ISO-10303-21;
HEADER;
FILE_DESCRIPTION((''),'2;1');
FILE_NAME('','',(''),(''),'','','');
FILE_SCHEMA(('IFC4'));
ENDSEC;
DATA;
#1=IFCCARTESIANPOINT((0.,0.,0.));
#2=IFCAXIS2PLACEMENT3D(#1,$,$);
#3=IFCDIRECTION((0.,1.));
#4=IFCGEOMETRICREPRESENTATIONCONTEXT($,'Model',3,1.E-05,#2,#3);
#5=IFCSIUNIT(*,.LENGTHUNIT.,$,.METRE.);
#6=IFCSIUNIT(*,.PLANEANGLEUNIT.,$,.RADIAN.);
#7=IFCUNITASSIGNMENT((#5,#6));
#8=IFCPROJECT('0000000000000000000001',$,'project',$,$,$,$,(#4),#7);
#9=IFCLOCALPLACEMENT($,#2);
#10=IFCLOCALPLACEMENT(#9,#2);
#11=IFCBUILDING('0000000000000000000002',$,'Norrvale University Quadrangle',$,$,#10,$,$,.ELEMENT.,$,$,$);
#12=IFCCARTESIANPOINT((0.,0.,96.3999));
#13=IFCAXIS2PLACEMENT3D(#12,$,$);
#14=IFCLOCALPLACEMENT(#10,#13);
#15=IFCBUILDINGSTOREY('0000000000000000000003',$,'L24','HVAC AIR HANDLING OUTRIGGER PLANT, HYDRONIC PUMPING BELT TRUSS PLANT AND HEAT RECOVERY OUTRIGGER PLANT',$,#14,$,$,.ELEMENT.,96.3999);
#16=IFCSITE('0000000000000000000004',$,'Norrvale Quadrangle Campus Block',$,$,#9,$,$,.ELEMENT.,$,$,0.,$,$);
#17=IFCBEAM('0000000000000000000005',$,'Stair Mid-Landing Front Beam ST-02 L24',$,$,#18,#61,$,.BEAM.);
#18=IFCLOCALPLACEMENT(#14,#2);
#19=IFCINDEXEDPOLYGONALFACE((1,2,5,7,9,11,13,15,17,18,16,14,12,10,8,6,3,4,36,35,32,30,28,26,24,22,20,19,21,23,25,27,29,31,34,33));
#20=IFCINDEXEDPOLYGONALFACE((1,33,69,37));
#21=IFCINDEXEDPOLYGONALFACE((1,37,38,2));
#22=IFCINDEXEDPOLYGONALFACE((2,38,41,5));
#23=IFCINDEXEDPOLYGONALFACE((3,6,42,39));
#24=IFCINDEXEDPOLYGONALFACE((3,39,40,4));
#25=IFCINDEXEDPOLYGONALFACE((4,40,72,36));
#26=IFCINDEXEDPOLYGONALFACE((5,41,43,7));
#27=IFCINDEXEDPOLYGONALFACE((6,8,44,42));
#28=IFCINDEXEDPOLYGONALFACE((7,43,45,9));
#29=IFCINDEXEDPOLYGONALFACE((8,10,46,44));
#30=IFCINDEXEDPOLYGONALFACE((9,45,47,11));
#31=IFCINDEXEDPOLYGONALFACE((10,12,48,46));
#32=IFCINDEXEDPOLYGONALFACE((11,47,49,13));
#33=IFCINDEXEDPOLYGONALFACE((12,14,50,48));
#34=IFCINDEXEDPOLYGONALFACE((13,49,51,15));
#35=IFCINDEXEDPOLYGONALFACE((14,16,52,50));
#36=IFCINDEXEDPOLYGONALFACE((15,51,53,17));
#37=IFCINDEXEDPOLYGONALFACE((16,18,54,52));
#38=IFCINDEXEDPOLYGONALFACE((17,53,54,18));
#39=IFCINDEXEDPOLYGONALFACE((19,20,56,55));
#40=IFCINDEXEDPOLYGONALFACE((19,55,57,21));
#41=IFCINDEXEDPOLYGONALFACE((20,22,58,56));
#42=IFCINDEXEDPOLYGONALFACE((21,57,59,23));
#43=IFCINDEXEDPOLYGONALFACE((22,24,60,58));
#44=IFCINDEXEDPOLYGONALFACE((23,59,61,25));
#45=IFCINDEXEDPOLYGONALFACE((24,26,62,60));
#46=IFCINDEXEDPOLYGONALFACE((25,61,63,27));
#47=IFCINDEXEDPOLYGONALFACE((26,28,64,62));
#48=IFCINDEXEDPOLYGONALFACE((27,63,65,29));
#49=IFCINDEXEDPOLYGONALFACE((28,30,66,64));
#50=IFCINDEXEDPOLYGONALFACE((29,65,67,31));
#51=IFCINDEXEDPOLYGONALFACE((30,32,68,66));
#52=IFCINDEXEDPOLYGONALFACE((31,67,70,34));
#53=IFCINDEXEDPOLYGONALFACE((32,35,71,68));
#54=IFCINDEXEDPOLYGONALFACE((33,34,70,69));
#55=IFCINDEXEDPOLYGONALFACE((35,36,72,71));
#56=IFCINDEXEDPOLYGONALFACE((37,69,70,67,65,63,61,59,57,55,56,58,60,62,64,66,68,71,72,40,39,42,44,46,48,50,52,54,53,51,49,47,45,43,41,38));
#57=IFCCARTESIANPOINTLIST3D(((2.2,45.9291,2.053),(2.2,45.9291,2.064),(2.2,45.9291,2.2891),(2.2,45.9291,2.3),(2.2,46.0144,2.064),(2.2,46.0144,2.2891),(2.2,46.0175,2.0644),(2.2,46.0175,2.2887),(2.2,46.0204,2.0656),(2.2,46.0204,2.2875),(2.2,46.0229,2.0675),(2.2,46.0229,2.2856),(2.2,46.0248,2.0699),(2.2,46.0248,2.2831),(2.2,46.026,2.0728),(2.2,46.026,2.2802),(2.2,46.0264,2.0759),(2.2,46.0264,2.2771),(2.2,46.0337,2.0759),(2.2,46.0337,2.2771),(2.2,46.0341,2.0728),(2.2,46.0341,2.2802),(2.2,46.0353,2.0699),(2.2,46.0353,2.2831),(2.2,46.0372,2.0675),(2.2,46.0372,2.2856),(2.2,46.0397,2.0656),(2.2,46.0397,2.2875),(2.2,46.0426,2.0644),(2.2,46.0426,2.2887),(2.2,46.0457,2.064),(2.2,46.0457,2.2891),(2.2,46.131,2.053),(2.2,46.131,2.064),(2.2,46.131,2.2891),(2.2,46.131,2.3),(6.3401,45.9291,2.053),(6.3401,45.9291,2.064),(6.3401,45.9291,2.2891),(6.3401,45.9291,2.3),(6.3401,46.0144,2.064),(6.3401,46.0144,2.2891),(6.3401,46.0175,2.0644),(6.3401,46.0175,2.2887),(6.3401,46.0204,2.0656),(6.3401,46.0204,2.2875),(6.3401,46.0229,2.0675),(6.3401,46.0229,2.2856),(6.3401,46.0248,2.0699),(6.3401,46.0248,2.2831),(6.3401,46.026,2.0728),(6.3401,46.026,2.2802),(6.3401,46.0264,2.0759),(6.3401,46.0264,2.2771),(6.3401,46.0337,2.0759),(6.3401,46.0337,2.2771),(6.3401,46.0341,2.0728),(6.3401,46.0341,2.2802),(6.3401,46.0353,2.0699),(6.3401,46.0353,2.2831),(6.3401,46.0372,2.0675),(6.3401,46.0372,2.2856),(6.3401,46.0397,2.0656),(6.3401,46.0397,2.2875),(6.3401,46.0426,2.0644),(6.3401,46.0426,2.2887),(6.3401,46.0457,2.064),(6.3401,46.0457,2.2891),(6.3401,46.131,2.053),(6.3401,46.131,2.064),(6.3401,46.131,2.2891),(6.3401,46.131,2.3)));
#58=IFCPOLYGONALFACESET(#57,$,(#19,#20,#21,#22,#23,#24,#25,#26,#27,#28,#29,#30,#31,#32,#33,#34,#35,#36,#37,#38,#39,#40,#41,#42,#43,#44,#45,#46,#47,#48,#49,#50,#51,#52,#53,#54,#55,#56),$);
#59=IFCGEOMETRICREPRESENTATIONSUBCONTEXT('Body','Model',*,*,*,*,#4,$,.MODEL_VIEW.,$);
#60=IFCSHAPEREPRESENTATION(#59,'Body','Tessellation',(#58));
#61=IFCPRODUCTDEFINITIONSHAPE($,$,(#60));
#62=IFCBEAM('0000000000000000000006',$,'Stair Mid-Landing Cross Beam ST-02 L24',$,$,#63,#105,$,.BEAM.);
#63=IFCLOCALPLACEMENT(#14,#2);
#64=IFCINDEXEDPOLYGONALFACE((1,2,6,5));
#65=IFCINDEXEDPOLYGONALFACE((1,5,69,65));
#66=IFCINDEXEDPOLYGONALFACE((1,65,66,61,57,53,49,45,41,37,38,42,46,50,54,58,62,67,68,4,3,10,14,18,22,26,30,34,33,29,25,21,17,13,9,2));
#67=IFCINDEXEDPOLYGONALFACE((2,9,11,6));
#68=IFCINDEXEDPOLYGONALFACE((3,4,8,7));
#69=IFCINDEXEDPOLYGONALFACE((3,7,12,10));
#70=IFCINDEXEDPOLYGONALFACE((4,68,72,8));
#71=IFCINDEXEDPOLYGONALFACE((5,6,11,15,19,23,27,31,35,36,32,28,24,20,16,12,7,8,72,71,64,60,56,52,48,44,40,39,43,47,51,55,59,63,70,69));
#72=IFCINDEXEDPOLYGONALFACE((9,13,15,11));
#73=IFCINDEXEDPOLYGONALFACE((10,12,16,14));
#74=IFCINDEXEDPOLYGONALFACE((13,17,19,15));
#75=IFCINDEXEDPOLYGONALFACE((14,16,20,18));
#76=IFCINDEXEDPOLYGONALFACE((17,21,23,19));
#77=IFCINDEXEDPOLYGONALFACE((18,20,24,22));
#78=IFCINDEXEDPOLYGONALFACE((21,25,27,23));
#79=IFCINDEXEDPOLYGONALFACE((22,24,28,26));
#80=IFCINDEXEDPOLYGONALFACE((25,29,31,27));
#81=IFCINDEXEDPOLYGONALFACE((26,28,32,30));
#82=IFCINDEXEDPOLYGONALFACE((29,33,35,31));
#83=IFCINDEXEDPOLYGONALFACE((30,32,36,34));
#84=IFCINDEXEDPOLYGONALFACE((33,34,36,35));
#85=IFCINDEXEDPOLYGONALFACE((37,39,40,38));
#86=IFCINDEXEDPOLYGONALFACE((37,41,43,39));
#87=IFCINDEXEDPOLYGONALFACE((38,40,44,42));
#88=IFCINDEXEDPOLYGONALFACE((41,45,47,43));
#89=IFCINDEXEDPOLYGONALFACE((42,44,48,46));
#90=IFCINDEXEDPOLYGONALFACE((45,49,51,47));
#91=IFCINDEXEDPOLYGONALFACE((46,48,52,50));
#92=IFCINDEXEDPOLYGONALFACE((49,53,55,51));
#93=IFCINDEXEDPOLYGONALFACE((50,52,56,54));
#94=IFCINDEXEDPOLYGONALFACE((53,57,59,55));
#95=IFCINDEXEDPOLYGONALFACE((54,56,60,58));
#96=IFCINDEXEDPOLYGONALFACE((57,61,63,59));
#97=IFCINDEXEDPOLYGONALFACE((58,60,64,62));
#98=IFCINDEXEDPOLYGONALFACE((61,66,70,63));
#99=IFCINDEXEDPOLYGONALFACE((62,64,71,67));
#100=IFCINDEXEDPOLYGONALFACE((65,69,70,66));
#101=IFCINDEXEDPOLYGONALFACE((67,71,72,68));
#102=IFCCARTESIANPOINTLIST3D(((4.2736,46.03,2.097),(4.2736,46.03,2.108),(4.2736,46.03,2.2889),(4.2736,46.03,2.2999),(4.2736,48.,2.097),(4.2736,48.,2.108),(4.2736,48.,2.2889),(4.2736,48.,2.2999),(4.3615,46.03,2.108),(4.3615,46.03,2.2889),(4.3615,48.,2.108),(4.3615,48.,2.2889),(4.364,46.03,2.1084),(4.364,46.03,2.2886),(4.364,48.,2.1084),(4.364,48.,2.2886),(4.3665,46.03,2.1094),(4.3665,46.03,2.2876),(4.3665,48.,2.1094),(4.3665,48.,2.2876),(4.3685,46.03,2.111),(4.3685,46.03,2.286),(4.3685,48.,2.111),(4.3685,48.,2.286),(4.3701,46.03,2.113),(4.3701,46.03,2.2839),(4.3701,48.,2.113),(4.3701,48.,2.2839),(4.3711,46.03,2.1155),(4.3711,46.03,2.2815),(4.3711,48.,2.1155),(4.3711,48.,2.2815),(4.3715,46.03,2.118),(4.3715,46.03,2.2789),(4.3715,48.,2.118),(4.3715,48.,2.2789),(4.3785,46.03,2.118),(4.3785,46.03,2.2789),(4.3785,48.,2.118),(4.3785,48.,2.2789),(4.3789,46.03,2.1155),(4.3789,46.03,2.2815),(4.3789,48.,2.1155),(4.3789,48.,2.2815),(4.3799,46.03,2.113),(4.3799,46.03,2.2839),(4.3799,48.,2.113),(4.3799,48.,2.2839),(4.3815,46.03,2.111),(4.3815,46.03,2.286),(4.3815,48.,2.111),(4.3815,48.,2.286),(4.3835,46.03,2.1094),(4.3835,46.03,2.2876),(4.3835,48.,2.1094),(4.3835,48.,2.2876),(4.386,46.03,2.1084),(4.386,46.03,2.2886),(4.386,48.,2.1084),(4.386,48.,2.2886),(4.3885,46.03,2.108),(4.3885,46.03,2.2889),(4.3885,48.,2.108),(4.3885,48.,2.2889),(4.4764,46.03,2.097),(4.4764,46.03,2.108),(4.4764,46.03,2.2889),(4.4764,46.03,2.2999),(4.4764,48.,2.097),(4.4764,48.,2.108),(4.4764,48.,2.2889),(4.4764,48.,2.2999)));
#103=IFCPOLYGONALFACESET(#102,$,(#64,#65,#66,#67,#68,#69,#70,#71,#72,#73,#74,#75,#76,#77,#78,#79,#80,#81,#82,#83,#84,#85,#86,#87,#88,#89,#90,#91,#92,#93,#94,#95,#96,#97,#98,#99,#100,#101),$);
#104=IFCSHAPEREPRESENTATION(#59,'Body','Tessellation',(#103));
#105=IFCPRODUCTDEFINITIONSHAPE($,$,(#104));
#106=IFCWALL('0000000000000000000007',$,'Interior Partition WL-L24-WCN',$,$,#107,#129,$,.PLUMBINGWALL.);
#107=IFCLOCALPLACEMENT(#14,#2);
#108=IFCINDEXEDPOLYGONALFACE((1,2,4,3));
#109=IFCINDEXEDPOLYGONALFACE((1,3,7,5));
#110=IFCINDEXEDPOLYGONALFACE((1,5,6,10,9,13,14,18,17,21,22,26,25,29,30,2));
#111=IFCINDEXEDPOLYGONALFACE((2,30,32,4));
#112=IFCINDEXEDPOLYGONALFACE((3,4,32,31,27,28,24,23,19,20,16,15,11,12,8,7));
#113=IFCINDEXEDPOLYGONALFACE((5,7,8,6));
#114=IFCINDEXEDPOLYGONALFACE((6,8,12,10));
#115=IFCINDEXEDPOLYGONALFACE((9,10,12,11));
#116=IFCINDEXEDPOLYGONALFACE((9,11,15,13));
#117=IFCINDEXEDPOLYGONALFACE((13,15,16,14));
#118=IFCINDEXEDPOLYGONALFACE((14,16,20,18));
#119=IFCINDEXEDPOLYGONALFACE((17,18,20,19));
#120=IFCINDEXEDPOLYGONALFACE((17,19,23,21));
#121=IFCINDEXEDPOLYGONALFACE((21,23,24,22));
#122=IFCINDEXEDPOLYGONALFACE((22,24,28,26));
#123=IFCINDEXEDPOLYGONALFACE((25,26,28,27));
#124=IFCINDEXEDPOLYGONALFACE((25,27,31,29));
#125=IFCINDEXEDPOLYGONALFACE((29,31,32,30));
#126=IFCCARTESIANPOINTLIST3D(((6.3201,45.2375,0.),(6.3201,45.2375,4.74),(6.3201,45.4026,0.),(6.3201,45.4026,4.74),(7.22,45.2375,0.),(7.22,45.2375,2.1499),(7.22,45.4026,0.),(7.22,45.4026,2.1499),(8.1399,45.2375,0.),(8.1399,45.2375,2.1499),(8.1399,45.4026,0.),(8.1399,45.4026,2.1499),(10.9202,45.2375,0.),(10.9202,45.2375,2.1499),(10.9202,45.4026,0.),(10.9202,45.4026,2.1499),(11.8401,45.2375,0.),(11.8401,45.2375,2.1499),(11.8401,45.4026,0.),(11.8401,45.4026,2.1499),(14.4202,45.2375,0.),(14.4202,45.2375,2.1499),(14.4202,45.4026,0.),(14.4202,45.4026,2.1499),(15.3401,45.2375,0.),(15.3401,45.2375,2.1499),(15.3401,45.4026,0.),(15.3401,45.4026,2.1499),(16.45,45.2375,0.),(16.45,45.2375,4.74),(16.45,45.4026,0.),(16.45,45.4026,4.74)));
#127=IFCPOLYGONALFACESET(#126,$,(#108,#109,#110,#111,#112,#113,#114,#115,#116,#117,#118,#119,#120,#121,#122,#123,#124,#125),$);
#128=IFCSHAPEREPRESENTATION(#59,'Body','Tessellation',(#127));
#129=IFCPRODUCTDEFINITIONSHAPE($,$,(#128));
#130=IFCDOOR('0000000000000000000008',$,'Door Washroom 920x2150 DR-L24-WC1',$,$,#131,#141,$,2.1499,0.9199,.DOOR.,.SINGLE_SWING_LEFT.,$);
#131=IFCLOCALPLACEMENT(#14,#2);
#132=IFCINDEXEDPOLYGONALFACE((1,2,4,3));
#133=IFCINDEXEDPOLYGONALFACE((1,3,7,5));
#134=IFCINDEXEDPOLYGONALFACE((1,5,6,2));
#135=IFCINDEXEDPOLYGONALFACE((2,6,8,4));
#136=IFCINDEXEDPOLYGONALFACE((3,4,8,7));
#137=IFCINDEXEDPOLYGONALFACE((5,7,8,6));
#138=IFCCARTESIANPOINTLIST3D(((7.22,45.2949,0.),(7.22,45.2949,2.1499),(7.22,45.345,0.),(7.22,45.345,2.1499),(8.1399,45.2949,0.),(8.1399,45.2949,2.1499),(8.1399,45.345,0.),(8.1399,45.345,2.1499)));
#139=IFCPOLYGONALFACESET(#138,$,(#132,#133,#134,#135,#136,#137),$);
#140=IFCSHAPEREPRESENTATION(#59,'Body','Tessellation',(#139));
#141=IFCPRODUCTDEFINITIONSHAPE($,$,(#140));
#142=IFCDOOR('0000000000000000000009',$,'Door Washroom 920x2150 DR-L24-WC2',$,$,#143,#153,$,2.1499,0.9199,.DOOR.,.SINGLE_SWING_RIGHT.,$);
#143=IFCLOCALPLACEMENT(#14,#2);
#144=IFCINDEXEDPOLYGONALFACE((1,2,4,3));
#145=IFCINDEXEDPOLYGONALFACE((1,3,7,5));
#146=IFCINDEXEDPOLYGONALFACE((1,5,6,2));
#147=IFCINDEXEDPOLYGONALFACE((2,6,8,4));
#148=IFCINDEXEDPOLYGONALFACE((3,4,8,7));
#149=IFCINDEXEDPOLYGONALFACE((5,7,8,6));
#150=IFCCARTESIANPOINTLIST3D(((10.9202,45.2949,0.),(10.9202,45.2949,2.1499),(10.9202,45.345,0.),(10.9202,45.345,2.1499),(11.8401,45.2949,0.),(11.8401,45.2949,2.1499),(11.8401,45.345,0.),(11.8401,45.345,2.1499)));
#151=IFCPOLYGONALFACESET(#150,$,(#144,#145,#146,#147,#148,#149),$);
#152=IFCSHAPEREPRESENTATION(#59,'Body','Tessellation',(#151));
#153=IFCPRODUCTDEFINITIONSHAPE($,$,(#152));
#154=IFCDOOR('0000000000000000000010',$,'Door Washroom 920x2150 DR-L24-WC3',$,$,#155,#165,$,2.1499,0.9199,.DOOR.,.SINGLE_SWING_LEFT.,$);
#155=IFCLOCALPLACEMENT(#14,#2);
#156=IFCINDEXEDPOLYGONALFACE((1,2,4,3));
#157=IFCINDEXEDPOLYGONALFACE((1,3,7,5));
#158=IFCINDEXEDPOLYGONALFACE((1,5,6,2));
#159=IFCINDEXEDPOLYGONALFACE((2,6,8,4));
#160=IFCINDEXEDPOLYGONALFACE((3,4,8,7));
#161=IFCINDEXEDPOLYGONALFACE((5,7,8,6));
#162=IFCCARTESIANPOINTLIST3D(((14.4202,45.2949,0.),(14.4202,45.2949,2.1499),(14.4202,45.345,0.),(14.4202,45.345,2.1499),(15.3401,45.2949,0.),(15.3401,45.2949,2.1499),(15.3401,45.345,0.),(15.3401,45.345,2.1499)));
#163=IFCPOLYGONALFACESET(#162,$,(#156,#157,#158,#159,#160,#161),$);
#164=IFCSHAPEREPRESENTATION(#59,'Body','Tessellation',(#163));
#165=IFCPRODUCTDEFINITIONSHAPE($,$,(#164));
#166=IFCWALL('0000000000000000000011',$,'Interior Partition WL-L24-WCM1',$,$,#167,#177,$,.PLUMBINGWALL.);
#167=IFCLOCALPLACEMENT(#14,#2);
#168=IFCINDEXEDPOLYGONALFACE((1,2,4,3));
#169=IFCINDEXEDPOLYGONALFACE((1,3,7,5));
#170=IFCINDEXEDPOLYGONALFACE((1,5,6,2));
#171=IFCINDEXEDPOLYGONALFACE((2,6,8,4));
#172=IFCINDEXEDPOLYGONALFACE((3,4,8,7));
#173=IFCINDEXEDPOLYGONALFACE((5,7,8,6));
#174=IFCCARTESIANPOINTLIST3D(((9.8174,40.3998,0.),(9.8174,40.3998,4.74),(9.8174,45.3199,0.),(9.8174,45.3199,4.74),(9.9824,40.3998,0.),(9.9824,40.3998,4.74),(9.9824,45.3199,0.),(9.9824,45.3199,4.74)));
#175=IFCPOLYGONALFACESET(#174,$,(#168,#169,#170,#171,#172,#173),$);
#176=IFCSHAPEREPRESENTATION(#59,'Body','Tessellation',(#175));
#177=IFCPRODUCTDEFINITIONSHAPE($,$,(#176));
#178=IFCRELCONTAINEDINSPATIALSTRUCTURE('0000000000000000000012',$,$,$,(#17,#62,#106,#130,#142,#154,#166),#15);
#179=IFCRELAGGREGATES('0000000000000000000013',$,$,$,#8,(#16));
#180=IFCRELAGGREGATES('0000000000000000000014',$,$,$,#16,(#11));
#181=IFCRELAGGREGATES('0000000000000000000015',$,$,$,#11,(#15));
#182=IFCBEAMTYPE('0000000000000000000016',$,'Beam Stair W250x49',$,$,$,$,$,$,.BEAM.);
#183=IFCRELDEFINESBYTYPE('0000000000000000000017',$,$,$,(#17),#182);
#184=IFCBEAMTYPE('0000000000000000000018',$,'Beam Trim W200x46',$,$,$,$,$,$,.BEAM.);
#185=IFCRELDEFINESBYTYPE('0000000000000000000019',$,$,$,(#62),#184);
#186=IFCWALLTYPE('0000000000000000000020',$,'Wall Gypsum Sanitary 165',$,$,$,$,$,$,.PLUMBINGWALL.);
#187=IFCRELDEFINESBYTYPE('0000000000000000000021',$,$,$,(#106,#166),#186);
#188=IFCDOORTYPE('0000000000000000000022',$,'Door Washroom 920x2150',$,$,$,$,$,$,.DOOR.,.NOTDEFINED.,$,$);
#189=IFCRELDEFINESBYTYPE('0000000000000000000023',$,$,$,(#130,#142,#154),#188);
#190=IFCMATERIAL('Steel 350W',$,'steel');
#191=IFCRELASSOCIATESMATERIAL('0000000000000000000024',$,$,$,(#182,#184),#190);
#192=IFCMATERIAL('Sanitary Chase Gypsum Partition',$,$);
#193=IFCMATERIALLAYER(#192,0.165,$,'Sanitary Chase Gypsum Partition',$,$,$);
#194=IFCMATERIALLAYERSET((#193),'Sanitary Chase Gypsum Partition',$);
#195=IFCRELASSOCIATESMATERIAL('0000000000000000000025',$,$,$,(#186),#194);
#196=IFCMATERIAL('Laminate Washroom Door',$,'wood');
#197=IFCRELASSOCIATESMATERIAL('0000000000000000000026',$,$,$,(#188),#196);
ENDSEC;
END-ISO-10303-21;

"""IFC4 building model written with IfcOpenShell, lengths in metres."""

from ifc_helpers import new_model, si_unit, direction, frame, frame_2d, origin, origin_2d, place, context, subcontext, project, spatial, rectangle, i_section, extrude, material, layer, layer_set, material_profile, profile_set, type_object, element, fill, save


model = new_model("IFC4")

# Units and contexts
model_context = context("Model", 3, precision=1e-05, world=origin(), true_north=direction((0.0, 1.0)))
body_context = subcontext(model_context, "Body", "Model", "MODEL_VIEW")
ifc_project = project(units=[si_unit("LENGTHUNIT", "METRE"), si_unit("PLANEANGLEUNIT", "RADIAN")], contexts=[model_context])

# Site, building, storey
site_placement = place(None, origin())
site = spatial("IfcSite", under=ifc_project, at=site_placement, Name="Norrvale Quadrangle Campus Block", CompositionType="ELEMENT", RefElevation=0.0)
building_placement = place(site_placement, origin())
building = spatial("IfcBuilding", under=site, at=building_placement, Name="Norrvale University Quadrangle", CompositionType="ELEMENT")
storey_placement = place(building_placement, frame((0.0, 0.0, 96.3999)))
storey = spatial("IfcBuildingStorey", under=building, at=storey_placement, Name="L24", Description="HVAC AIR HANDLING OUTRIGGER PLANT, HYDRONIC PUMPING BELT TRUSS PLANT AND HEAT RECOVERY OUTRIGGER PLANT", CompositionType="ELEMENT", Elevation=96.3999)

# Beams
ifc_material_1 = material(Name="Steel 350W", Category="steel")
ifc_material_profile_1 = material_profile(ifc_material_1, i_section(OverallWidth=0.2019, OverallDepth=0.2471, WebThickness=0.0073, FlangeThickness=0.011, FilletRadius=0.012, at=origin_2d()), Name="Steel 350W")
ifc_profile_set_1 = profile_set([ifc_material_profile_1], Name="Steel 350W")
beam_type_1 = type_object("IfcBeamType", Name="Beam Stair W250x49", PredefinedType="BEAM", material=ifc_profile_set_1)
beam_1_placement = place(storey_placement, frame((2.2, 46.03, 2.1765), z_axis=(1.0, 0.0, 0.0), x_axis=(0.0, 1.0, 0.0)))
element("IfcBeam", 1, at=beam_1_placement, inside=storey, type_object=beam_type_1, Name="Stair Mid-Landing Front Beam ST-02 L24", PredefinedType="BEAM", context=body_context, shape_type="SweptSolid", body=[
    extrude(i_section(OverallWidth=0.2019, OverallDepth=0.2471, WebThickness=0.0073, FlangeThickness=0.011, FilletRadius=0.012, at=origin_2d()), origin(), (0.0, 0.0, 1.0), 4.1401),
])
ifc_material_profile_2 = material_profile(ifc_material_1, i_section(OverallWidth=0.2029, OverallDepth=0.2029, WebThickness=0.0071, FlangeThickness=0.011, FilletRadius=0.01, at=origin_2d()), Name="Steel 350W")
ifc_profile_set_2 = profile_set([ifc_material_profile_2], Name="Steel 350W")
beam_type_2 = type_object("IfcBeamType", Name="Beam Trim W200x46", PredefinedType="BEAM", material=ifc_profile_set_2)
beam_2_placement = place(storey_placement, frame((4.375, 46.03, 2.1985), z_axis=(0.0, 1.0, 0.0), x_axis=(-1.0, 0.0, 0.0)))
element("IfcBeam", 2, at=beam_2_placement, inside=storey, type_object=beam_type_2, Name="Stair Mid-Landing Cross Beam ST-02 L24", PredefinedType="BEAM", context=body_context, shape_type="SweptSolid", body=[
    extrude(i_section(OverallWidth=0.2029, OverallDepth=0.2029, WebThickness=0.0071, FlangeThickness=0.011, FilletRadius=0.01, at=origin_2d()), origin(), (0.0, 0.0, 1.0), 1.97),
])

# Wall, openings, doors
ifc_material_2 = material(Name="Sanitary Chase Gypsum Partition")
ifc_layer_1 = layer(ifc_material_2, 0.165, Name="Sanitary Chase Gypsum Partition")
ifc_layer_set_1 = layer_set([ifc_layer_1], Name="Sanitary Chase Gypsum Partition")
wall_type_1 = type_object("IfcWallType", Name="Wall Gypsum Sanitary 165", PredefinedType="PLUMBINGWALL", material=ifc_layer_set_1)
wall_1_placement = place(storey_placement, frame((6.3201, 45.3201, 0.0), z_axis=(0.0, 0.0, 1.0), x_axis=(1.0, 0.0, 0.0)))
wall_1 = element("IfcWall", 3, at=wall_1_placement, inside=storey, type_object=wall_type_1, Name="Interior Partition WL-L24-WCN", PredefinedType="PLUMBINGWALL", context=body_context, shape_type="SweptSolid", body=[
    extrude(rectangle(XDim=10.1299, YDim=0.165, at=frame_2d((5.0649, 0.0))), origin(), (0.0, 0.0, 1.0), 4.74),
])
opening_1_placement = place(wall_1_placement, frame((0.8999, 0.0, 0.0)))
opening_1 = element("IfcOpeningElement", 4, at=opening_1_placement, cuts=wall_1, PredefinedType="OPENING", context=body_context, shape_type="SweptSolid", body=[
    extrude(rectangle(XDim=0.9199, YDim=2.1499, at=frame_2d((0.46, 1.075))), frame((0.0, 0.0945, 0.0), z_axis=(0.0, -1.0, 0.0), x_axis=(1.0, 0.0, 0.0)), (0.0, 0.0, 1.0), 0.189),
])
opening_2_placement = place(wall_1_placement, frame((4.6001, 0.0, 0.0)))
opening_2 = element("IfcOpeningElement", 5, at=opening_2_placement, cuts=wall_1, PredefinedType="OPENING", context=body_context, shape_type="SweptSolid", body=[
    extrude(rectangle(XDim=0.9199, YDim=2.1499, at=frame_2d((0.46, 1.075))), frame((0.0, 0.0945, 0.0), z_axis=(0.0, -1.0, 0.0), x_axis=(1.0, 0.0, 0.0)), (0.0, 0.0, 1.0), 0.189),
])
opening_3_placement = place(wall_1_placement, frame((8.1001, 0.0, 0.0)))
opening_3 = element("IfcOpeningElement", 6, at=opening_3_placement, cuts=wall_1, PredefinedType="OPENING", context=body_context, shape_type="SweptSolid", body=[
    extrude(rectangle(XDim=0.9199, YDim=2.1499, at=frame_2d((0.46, 1.075))), frame((0.0, 0.0945, 0.0), z_axis=(0.0, -1.0, 0.0), x_axis=(1.0, 0.0, 0.0)), (0.0, 0.0, 1.0), 0.189),
])
ifc_material_3 = material(Name="Laminate Washroom Door", Category="wood")
door_type_1 = type_object("IfcDoorType", Name="Door Washroom 920x2150", OperationType="NOTDEFINED", PredefinedType="DOOR", material=ifc_material_3)
door_1_placement = place(opening_1_placement, origin())
door_1 = element("IfcDoor", 7, at=door_1_placement, inside=storey, type_object=door_type_1, Name="Door Washroom 920x2150 DR-L24-WC1", OperationType="SINGLE_SWING_LEFT", OverallHeight=2.1499, OverallWidth=0.9199, PredefinedType="DOOR", context=body_context, shape_type="SweptSolid", body=[
    extrude(rectangle(XDim=0.9199, YDim=2.1499, at=frame_2d((0.46, 1.075))), frame((0.0, 0.0249, 0.0), z_axis=(0.0, -1.0, 0.0), x_axis=(1.0, 0.0, 0.0)), (0.0, 0.0, 1.0), 0.05),
])
fill(opening_1, door_1)
door_2_placement = place(opening_2_placement, origin())
door_2 = element("IfcDoor", 8, at=door_2_placement, inside=storey, type_object=door_type_1, Name="Door Washroom 920x2150 DR-L24-WC2", OperationType="SINGLE_SWING_RIGHT", OverallHeight=2.1499, OverallWidth=0.9199, PredefinedType="DOOR", context=body_context, shape_type="SweptSolid", body=[
    extrude(rectangle(XDim=0.9199, YDim=2.1499, at=frame_2d((0.46, 1.075))), frame((0.0, 0.0249, 0.0), z_axis=(0.0, -1.0, 0.0), x_axis=(1.0, 0.0, 0.0)), (0.0, 0.0, 1.0), 0.05),
])
fill(opening_2, door_2)
door_3_placement = place(opening_3_placement, origin())
door_3 = element("IfcDoor", 9, at=door_3_placement, inside=storey, type_object=door_type_1, Name="Door Washroom 920x2150 DR-L24-WC3", OperationType="SINGLE_SWING_LEFT", OverallHeight=2.1499, OverallWidth=0.9199, PredefinedType="DOOR", context=body_context, shape_type="SweptSolid", body=[
    extrude(rectangle(XDim=0.9199, YDim=2.1499, at=frame_2d((0.46, 1.075))), frame((0.0, 0.0249, 0.0), z_axis=(0.0, -1.0, 0.0), x_axis=(1.0, 0.0, 0.0)), (0.0, 0.0, 1.0), 0.05),
])
fill(opening_3, door_3)

# Wall
for number, where, z_axis, x_axis, name in (
    (10, (9.8999, 40.3999, 0.0), (0.0, 0.0, 1.0), (0.0, 1.0, 0.0), "Interior Partition WL-L24-WCM1"),
):
    element("IfcWall", number, at=place(storey_placement, frame(where, z_axis=z_axis, x_axis=x_axis)), inside=storey, type_object=wall_type_1, Name=name, PredefinedType="PLUMBINGWALL", context=body_context, shape_type="SweptSolid", body=[
        extrude(rectangle(XDim=4.9202, YDim=0.165, at=frame_2d((2.46, 0.0))), origin(), (0.0, 0.0, 1.0), 4.74),
    ])

save(model, "model.ifc")
